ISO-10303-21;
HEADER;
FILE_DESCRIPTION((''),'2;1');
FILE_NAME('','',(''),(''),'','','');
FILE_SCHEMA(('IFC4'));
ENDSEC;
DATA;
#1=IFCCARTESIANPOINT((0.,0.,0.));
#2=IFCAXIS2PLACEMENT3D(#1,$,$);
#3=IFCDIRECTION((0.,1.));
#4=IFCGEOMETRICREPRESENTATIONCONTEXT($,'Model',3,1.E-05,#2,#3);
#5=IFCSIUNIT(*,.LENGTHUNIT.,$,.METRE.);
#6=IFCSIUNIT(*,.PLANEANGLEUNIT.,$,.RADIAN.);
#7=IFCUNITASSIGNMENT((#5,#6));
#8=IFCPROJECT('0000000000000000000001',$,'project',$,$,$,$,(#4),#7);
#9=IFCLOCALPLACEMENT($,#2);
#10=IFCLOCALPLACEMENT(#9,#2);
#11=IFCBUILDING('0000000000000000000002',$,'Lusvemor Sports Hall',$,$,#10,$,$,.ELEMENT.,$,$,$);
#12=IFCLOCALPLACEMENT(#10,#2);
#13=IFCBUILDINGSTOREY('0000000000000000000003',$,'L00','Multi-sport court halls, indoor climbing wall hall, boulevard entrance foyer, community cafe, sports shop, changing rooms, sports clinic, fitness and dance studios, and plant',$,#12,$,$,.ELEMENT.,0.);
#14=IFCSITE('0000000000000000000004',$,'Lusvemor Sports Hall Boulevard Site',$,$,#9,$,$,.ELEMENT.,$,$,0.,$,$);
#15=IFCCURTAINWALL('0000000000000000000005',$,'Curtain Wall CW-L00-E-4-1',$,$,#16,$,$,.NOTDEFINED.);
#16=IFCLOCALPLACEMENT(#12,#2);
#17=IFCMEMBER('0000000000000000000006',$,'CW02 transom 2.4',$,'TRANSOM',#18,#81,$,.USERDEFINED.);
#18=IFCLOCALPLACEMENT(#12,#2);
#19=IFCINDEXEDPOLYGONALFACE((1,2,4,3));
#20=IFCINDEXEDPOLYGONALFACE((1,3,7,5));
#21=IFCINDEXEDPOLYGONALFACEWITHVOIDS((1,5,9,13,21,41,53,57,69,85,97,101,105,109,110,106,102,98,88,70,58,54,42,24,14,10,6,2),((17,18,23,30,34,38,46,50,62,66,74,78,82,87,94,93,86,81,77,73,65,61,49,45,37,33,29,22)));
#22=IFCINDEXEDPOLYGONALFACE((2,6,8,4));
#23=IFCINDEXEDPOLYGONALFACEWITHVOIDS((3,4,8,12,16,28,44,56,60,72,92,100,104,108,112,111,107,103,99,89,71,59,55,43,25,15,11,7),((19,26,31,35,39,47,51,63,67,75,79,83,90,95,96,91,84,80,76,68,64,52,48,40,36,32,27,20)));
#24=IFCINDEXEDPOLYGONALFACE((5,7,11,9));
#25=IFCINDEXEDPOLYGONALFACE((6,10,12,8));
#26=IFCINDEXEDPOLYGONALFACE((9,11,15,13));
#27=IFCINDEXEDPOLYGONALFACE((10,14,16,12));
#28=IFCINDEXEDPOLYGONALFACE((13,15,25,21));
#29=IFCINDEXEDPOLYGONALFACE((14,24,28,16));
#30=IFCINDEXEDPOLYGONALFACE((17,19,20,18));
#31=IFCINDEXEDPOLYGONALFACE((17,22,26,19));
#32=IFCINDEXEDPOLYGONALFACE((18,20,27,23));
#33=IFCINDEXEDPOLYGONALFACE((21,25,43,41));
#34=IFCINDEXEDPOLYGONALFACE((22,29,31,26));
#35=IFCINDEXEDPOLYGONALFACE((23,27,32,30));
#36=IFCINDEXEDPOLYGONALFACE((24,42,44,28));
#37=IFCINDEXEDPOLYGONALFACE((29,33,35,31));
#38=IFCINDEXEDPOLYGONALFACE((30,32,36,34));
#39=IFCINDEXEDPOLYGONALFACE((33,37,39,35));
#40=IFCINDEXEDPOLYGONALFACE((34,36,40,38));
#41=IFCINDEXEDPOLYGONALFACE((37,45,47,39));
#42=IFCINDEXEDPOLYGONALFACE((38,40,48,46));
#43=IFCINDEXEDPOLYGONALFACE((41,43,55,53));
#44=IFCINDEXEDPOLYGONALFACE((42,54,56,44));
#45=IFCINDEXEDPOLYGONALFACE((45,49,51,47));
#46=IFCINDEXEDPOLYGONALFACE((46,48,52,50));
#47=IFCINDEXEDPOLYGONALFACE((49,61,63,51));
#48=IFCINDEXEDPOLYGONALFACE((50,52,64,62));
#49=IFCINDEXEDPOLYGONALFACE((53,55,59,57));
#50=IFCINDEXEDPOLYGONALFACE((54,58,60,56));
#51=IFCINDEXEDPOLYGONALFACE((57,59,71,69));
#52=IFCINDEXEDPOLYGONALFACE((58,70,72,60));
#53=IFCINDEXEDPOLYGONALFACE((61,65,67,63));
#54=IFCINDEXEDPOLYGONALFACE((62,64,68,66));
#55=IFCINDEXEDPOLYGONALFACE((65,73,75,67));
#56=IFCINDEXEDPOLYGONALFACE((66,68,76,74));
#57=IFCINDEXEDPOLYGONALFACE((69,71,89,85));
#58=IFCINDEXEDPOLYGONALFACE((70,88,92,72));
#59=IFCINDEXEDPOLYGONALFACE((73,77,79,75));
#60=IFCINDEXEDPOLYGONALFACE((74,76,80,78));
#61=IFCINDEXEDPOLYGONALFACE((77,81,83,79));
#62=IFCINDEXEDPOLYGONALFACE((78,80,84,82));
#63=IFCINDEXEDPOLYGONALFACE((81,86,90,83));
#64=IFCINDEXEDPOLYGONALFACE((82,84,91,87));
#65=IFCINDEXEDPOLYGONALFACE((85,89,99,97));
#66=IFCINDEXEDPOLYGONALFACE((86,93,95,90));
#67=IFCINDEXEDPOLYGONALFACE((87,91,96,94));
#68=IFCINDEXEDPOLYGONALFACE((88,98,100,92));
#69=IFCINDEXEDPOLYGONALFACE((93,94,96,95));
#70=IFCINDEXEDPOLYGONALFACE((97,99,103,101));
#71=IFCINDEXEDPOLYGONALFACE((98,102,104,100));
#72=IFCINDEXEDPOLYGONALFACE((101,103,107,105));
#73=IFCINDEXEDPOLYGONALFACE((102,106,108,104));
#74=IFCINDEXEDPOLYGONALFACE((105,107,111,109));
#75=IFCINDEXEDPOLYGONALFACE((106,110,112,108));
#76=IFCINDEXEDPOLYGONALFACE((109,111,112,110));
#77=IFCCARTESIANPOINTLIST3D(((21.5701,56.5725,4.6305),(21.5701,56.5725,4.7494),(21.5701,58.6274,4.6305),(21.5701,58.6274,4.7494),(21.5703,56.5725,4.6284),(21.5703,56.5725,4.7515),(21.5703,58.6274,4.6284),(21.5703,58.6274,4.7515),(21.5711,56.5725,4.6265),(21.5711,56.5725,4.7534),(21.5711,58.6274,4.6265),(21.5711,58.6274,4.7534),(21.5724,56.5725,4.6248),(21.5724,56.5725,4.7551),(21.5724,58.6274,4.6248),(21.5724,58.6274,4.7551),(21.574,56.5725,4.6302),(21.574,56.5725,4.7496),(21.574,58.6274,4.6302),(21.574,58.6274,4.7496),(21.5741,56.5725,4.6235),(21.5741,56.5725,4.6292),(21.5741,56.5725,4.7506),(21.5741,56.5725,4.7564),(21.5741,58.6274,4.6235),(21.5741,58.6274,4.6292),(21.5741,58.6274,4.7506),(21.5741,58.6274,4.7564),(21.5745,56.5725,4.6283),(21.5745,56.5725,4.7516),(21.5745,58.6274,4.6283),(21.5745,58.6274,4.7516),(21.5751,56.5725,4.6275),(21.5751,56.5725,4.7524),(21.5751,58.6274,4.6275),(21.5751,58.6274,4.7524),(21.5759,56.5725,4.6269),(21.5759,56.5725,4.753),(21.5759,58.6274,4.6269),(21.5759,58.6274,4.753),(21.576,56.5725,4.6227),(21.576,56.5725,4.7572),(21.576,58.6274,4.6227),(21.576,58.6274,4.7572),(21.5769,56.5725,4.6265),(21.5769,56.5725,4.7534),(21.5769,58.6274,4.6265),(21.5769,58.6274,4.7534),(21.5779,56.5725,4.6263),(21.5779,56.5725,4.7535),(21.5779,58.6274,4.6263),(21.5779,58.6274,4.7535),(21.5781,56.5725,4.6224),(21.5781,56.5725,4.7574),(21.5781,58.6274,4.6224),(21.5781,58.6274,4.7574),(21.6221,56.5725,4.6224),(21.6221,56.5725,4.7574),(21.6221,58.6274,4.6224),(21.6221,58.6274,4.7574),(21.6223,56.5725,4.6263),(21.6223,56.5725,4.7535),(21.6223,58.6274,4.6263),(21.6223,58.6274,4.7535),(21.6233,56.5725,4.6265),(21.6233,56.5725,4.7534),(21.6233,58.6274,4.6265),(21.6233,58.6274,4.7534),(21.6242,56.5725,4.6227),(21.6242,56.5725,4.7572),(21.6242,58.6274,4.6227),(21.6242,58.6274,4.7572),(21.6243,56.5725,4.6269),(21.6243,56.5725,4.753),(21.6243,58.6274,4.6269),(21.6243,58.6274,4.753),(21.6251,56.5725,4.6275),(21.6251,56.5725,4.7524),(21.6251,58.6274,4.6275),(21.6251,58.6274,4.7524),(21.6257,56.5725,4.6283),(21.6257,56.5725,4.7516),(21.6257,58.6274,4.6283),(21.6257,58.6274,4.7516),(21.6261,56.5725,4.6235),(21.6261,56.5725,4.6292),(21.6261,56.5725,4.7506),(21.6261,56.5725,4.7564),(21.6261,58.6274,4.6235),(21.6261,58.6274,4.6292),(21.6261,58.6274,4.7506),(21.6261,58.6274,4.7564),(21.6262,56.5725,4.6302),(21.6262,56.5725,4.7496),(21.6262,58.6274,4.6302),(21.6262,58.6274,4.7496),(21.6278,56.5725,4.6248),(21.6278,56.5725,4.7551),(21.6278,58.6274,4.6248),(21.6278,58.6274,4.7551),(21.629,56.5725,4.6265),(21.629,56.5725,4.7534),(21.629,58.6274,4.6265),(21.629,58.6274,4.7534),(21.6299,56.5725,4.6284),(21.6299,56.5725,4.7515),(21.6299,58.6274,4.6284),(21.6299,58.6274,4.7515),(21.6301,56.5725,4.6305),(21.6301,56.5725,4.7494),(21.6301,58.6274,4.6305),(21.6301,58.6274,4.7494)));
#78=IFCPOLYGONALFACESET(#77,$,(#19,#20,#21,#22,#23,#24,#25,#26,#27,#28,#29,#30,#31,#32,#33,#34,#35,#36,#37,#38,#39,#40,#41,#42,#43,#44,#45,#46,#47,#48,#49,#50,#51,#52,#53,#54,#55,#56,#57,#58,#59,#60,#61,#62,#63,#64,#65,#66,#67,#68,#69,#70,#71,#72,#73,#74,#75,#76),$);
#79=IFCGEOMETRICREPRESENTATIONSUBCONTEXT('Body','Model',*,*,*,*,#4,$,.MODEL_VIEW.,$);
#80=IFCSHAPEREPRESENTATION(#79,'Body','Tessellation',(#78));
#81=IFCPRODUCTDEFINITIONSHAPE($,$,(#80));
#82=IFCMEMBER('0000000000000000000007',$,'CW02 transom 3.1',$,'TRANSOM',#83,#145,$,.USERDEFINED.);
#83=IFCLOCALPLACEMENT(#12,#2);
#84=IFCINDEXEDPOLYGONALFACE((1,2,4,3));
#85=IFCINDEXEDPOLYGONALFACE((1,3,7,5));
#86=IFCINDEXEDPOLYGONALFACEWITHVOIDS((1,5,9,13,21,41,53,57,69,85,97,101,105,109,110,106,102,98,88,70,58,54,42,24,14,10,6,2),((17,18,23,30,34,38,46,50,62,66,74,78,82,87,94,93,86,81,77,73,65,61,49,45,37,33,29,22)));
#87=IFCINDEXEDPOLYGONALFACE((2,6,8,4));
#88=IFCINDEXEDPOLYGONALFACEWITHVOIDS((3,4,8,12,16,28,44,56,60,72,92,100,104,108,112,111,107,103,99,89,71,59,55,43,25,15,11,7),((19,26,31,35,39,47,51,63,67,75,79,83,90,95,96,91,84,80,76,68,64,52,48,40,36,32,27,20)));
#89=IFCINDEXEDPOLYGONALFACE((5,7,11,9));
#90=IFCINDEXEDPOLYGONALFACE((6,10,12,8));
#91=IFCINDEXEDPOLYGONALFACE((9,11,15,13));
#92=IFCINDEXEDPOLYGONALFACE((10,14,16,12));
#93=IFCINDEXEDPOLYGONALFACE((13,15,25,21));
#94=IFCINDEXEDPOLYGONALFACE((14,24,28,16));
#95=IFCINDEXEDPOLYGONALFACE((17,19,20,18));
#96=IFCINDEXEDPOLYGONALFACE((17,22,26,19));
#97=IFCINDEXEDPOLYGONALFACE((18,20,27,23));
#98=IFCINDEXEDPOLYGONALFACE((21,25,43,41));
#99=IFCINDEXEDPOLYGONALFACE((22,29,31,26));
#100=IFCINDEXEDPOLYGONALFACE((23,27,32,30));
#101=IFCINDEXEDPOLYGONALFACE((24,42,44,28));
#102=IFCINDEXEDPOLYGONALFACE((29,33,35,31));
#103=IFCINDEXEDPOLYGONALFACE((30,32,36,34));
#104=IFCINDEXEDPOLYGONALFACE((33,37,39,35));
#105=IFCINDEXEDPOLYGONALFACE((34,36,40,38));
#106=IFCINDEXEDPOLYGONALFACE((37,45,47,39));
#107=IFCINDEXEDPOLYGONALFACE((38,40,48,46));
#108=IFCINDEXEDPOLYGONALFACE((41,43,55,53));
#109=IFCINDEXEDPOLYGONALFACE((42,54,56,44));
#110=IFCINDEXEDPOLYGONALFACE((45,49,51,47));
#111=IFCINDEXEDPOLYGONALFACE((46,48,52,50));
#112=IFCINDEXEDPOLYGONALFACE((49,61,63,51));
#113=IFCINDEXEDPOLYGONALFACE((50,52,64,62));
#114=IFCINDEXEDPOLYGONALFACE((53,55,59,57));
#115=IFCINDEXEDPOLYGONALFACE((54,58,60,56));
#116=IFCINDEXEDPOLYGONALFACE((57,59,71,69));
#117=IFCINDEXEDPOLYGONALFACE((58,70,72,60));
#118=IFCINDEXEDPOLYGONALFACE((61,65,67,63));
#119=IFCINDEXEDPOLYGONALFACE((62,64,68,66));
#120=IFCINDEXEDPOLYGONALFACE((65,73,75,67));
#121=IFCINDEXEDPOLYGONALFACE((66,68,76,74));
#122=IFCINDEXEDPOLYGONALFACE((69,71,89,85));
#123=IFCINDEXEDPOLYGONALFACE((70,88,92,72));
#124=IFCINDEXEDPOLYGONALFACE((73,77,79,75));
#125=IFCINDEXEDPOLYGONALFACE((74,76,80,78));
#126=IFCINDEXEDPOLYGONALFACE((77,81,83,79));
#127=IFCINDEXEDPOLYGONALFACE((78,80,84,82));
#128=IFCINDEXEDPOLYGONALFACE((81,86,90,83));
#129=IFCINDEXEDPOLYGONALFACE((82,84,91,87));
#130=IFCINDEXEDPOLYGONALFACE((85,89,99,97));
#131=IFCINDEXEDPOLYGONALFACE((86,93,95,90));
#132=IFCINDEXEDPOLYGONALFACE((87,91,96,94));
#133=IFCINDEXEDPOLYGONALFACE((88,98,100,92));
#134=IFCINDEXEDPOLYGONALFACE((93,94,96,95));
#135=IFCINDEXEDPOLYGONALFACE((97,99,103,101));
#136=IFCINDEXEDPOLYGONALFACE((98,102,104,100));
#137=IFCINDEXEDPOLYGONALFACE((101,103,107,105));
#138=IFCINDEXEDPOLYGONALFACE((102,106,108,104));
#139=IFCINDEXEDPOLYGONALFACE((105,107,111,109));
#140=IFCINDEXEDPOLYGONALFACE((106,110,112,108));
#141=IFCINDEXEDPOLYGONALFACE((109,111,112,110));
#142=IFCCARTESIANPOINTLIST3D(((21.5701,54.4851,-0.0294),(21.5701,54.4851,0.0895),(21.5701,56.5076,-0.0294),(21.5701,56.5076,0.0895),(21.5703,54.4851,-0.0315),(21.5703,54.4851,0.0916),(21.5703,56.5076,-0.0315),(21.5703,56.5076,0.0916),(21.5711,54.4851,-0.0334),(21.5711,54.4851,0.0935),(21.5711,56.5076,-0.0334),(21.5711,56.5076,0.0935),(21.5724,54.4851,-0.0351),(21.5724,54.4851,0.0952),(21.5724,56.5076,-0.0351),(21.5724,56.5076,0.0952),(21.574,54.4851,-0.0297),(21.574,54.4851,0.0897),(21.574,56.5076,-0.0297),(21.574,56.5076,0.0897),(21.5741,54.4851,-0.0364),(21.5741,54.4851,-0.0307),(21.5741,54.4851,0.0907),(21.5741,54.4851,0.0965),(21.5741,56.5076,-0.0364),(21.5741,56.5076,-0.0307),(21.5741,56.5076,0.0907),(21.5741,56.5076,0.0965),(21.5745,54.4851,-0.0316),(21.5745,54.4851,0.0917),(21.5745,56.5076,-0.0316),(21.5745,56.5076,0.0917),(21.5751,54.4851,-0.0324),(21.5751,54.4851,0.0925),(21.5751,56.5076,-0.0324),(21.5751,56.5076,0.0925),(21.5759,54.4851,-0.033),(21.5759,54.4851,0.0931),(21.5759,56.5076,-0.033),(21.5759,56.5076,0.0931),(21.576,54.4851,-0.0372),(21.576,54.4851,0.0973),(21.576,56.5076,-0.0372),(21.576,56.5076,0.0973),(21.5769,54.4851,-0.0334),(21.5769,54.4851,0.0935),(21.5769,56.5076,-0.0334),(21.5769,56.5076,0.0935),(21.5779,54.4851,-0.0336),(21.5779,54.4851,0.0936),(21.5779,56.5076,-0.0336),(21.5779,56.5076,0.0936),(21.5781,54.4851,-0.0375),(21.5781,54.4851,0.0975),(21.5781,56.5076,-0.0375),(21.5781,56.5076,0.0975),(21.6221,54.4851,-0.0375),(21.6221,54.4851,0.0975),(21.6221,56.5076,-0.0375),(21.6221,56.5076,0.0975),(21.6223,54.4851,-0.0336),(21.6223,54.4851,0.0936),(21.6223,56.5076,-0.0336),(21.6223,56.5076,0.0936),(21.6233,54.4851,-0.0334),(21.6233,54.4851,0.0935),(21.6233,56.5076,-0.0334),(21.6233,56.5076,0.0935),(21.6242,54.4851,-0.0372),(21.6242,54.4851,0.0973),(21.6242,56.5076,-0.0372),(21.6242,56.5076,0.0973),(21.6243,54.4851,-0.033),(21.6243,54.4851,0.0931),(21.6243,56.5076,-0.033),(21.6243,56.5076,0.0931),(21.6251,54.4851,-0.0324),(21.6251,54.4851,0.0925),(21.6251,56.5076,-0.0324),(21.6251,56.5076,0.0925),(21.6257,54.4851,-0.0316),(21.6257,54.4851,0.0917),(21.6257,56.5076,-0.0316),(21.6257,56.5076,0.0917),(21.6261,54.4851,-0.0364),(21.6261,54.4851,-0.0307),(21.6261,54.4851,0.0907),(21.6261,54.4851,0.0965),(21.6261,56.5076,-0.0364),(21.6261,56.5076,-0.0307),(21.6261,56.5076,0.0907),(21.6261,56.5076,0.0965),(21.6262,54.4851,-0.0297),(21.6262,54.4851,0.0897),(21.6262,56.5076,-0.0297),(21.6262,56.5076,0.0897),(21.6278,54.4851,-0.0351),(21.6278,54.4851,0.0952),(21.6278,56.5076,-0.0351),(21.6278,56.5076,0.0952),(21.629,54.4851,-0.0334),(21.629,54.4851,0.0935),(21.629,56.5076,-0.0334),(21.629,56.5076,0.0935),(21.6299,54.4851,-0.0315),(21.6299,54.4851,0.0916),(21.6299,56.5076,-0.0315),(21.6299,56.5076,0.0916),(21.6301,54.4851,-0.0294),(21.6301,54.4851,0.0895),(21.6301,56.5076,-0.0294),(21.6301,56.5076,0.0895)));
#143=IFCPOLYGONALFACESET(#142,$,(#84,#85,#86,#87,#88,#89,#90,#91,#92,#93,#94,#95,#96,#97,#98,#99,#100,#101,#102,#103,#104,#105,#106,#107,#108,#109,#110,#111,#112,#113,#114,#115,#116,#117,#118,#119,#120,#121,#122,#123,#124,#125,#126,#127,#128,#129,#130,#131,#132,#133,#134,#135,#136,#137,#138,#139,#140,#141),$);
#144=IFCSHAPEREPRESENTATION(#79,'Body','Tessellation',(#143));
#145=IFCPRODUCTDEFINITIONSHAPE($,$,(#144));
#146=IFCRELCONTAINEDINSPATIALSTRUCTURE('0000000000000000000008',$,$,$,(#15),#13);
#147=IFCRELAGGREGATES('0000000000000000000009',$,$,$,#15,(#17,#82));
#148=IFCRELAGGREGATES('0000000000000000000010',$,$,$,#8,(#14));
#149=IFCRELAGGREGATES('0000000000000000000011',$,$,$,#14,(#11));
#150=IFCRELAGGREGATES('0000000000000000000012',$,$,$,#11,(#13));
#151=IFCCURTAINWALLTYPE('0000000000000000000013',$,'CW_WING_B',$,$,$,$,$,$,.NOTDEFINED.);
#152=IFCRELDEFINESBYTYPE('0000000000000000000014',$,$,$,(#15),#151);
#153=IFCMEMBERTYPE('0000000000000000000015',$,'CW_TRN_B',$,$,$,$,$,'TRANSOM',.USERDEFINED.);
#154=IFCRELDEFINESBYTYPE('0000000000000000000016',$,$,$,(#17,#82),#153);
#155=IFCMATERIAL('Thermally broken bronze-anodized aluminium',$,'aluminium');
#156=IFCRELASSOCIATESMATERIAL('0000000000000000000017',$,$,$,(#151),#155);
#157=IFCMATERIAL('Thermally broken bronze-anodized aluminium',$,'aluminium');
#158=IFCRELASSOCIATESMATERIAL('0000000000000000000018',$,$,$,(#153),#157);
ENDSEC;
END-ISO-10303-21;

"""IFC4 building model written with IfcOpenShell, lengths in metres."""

from ifc_helpers import new_model, si_unit, direction, frame, origin, origin_2d, place, context, subcontext, project, spatial, hollow_rectangle, extrude, material, material_profile, profile_set, type_object, element, aggregate, save


model = new_model("IFC4")

# Units and contexts
model_context = context("Model", 3, precision=1e-05, world=origin(), true_north=direction((0.0, 1.0)))
body_context = subcontext(model_context, "Body", "Model", "MODEL_VIEW")
ifc_project = project(units=[si_unit("LENGTHUNIT", "METRE"), si_unit("PLANEANGLEUNIT", "RADIAN")], contexts=[model_context])

# Site, building, storey
site_placement = place(None, origin())
site = spatial("IfcSite", under=ifc_project, at=site_placement, Name="Lusvemor Sports Hall Boulevard Site", CompositionType="ELEMENT", RefElevation=0.0)
building_placement = place(site_placement, origin())
building = spatial("IfcBuilding", under=site, at=building_placement, Name="Lusvemor Sports Hall", CompositionType="ELEMENT")
storey_placement = place(building_placement, origin())
storey = spatial("IfcBuildingStorey", under=building, at=storey_placement, Name="L00", Description="Multi-sport court halls, indoor climbing wall hall, boulevard entrance foyer, community cafe, sports shop, changing rooms, sports clinic, fitness and dance studios, and plant", CompositionType="ELEMENT", Elevation=0.0)

# Curtain wall, members
ifc_material_1 = material(Name="Thermally broken bronze-anodized aluminium", Category="aluminium")
curtain_wall_type = type_object("IfcCurtainWallType", Name="CW_WING_B", PredefinedType="NOTDEFINED", material=ifc_material_1)
curtain_wall_placement = place(storey_placement, origin())
curtain_wall = element("IfcCurtainWall", 1, at=curtain_wall_placement, inside=storey, type_object=curtain_wall_type, Name="Curtain Wall CW-L00-E-4-1", PredefinedType="NOTDEFINED")
ifc_material_2 = material(Name="Thermally broken bronze-anodized aluminium", Category="aluminium")
ifc_material_profile_1 = material_profile(ifc_material_2, hollow_rectangle(XDim=0.0601, YDim=0.135, WallThickness=0.0039, InnerFilletRadius=0.0039, OuterFilletRadius=0.0081, at=origin_2d()), Name="CWTRN135x60x4")
ifc_profile_set_1 = profile_set([ifc_material_profile_1], Name="Thermally broken bronze-anodized aluminium")
member_type_1 = type_object("IfcMemberType", Name="CW_TRN_B", ElementType="TRANSOM", PredefinedType="USERDEFINED", material=ifc_profile_set_1)
member_1_placement = place(storey_placement, frame((21.6001, 58.6274, 4.6899), z_axis=(0.0, -1.0, 0.0), x_axis=(1.0, 0.0, 0.0)))
member_1 = element("IfcMember", 2, at=member_1_placement, type_object=member_type_1, Name="CW02 transom 2.4", ObjectType="TRANSOM", PredefinedType="USERDEFINED", context=body_context, shape_type="SweptSolid", body=[
    extrude(hollow_rectangle(XDim=0.0601, YDim=0.135, WallThickness=0.0039, InnerFilletRadius=0.0039, OuterFilletRadius=0.0081, at=origin_2d()), origin(), (0.0, 0.0, 1.0), 2.0549),
])
member_2_placement = place(storey_placement, frame((21.6001, 56.5076, 0.03), z_axis=(0.0, -1.0, 0.0), x_axis=(1.0, 0.0, 0.0)))
member_2 = element("IfcMember", 3, at=member_2_placement, type_object=member_type_1, Name="CW02 transom 3.1", ObjectType="TRANSOM", PredefinedType="USERDEFINED", context=body_context, shape_type="SweptSolid", body=[
    extrude(hollow_rectangle(XDim=0.0601, YDim=0.135, WallThickness=0.0039, InnerFilletRadius=0.0039, OuterFilletRadius=0.0081, at=origin_2d()), origin(), (0.0, 0.0, 1.0), 2.0225),
])
aggregate(curtain_wall, [member_1, member_2])

save(model, "model.ifc")
